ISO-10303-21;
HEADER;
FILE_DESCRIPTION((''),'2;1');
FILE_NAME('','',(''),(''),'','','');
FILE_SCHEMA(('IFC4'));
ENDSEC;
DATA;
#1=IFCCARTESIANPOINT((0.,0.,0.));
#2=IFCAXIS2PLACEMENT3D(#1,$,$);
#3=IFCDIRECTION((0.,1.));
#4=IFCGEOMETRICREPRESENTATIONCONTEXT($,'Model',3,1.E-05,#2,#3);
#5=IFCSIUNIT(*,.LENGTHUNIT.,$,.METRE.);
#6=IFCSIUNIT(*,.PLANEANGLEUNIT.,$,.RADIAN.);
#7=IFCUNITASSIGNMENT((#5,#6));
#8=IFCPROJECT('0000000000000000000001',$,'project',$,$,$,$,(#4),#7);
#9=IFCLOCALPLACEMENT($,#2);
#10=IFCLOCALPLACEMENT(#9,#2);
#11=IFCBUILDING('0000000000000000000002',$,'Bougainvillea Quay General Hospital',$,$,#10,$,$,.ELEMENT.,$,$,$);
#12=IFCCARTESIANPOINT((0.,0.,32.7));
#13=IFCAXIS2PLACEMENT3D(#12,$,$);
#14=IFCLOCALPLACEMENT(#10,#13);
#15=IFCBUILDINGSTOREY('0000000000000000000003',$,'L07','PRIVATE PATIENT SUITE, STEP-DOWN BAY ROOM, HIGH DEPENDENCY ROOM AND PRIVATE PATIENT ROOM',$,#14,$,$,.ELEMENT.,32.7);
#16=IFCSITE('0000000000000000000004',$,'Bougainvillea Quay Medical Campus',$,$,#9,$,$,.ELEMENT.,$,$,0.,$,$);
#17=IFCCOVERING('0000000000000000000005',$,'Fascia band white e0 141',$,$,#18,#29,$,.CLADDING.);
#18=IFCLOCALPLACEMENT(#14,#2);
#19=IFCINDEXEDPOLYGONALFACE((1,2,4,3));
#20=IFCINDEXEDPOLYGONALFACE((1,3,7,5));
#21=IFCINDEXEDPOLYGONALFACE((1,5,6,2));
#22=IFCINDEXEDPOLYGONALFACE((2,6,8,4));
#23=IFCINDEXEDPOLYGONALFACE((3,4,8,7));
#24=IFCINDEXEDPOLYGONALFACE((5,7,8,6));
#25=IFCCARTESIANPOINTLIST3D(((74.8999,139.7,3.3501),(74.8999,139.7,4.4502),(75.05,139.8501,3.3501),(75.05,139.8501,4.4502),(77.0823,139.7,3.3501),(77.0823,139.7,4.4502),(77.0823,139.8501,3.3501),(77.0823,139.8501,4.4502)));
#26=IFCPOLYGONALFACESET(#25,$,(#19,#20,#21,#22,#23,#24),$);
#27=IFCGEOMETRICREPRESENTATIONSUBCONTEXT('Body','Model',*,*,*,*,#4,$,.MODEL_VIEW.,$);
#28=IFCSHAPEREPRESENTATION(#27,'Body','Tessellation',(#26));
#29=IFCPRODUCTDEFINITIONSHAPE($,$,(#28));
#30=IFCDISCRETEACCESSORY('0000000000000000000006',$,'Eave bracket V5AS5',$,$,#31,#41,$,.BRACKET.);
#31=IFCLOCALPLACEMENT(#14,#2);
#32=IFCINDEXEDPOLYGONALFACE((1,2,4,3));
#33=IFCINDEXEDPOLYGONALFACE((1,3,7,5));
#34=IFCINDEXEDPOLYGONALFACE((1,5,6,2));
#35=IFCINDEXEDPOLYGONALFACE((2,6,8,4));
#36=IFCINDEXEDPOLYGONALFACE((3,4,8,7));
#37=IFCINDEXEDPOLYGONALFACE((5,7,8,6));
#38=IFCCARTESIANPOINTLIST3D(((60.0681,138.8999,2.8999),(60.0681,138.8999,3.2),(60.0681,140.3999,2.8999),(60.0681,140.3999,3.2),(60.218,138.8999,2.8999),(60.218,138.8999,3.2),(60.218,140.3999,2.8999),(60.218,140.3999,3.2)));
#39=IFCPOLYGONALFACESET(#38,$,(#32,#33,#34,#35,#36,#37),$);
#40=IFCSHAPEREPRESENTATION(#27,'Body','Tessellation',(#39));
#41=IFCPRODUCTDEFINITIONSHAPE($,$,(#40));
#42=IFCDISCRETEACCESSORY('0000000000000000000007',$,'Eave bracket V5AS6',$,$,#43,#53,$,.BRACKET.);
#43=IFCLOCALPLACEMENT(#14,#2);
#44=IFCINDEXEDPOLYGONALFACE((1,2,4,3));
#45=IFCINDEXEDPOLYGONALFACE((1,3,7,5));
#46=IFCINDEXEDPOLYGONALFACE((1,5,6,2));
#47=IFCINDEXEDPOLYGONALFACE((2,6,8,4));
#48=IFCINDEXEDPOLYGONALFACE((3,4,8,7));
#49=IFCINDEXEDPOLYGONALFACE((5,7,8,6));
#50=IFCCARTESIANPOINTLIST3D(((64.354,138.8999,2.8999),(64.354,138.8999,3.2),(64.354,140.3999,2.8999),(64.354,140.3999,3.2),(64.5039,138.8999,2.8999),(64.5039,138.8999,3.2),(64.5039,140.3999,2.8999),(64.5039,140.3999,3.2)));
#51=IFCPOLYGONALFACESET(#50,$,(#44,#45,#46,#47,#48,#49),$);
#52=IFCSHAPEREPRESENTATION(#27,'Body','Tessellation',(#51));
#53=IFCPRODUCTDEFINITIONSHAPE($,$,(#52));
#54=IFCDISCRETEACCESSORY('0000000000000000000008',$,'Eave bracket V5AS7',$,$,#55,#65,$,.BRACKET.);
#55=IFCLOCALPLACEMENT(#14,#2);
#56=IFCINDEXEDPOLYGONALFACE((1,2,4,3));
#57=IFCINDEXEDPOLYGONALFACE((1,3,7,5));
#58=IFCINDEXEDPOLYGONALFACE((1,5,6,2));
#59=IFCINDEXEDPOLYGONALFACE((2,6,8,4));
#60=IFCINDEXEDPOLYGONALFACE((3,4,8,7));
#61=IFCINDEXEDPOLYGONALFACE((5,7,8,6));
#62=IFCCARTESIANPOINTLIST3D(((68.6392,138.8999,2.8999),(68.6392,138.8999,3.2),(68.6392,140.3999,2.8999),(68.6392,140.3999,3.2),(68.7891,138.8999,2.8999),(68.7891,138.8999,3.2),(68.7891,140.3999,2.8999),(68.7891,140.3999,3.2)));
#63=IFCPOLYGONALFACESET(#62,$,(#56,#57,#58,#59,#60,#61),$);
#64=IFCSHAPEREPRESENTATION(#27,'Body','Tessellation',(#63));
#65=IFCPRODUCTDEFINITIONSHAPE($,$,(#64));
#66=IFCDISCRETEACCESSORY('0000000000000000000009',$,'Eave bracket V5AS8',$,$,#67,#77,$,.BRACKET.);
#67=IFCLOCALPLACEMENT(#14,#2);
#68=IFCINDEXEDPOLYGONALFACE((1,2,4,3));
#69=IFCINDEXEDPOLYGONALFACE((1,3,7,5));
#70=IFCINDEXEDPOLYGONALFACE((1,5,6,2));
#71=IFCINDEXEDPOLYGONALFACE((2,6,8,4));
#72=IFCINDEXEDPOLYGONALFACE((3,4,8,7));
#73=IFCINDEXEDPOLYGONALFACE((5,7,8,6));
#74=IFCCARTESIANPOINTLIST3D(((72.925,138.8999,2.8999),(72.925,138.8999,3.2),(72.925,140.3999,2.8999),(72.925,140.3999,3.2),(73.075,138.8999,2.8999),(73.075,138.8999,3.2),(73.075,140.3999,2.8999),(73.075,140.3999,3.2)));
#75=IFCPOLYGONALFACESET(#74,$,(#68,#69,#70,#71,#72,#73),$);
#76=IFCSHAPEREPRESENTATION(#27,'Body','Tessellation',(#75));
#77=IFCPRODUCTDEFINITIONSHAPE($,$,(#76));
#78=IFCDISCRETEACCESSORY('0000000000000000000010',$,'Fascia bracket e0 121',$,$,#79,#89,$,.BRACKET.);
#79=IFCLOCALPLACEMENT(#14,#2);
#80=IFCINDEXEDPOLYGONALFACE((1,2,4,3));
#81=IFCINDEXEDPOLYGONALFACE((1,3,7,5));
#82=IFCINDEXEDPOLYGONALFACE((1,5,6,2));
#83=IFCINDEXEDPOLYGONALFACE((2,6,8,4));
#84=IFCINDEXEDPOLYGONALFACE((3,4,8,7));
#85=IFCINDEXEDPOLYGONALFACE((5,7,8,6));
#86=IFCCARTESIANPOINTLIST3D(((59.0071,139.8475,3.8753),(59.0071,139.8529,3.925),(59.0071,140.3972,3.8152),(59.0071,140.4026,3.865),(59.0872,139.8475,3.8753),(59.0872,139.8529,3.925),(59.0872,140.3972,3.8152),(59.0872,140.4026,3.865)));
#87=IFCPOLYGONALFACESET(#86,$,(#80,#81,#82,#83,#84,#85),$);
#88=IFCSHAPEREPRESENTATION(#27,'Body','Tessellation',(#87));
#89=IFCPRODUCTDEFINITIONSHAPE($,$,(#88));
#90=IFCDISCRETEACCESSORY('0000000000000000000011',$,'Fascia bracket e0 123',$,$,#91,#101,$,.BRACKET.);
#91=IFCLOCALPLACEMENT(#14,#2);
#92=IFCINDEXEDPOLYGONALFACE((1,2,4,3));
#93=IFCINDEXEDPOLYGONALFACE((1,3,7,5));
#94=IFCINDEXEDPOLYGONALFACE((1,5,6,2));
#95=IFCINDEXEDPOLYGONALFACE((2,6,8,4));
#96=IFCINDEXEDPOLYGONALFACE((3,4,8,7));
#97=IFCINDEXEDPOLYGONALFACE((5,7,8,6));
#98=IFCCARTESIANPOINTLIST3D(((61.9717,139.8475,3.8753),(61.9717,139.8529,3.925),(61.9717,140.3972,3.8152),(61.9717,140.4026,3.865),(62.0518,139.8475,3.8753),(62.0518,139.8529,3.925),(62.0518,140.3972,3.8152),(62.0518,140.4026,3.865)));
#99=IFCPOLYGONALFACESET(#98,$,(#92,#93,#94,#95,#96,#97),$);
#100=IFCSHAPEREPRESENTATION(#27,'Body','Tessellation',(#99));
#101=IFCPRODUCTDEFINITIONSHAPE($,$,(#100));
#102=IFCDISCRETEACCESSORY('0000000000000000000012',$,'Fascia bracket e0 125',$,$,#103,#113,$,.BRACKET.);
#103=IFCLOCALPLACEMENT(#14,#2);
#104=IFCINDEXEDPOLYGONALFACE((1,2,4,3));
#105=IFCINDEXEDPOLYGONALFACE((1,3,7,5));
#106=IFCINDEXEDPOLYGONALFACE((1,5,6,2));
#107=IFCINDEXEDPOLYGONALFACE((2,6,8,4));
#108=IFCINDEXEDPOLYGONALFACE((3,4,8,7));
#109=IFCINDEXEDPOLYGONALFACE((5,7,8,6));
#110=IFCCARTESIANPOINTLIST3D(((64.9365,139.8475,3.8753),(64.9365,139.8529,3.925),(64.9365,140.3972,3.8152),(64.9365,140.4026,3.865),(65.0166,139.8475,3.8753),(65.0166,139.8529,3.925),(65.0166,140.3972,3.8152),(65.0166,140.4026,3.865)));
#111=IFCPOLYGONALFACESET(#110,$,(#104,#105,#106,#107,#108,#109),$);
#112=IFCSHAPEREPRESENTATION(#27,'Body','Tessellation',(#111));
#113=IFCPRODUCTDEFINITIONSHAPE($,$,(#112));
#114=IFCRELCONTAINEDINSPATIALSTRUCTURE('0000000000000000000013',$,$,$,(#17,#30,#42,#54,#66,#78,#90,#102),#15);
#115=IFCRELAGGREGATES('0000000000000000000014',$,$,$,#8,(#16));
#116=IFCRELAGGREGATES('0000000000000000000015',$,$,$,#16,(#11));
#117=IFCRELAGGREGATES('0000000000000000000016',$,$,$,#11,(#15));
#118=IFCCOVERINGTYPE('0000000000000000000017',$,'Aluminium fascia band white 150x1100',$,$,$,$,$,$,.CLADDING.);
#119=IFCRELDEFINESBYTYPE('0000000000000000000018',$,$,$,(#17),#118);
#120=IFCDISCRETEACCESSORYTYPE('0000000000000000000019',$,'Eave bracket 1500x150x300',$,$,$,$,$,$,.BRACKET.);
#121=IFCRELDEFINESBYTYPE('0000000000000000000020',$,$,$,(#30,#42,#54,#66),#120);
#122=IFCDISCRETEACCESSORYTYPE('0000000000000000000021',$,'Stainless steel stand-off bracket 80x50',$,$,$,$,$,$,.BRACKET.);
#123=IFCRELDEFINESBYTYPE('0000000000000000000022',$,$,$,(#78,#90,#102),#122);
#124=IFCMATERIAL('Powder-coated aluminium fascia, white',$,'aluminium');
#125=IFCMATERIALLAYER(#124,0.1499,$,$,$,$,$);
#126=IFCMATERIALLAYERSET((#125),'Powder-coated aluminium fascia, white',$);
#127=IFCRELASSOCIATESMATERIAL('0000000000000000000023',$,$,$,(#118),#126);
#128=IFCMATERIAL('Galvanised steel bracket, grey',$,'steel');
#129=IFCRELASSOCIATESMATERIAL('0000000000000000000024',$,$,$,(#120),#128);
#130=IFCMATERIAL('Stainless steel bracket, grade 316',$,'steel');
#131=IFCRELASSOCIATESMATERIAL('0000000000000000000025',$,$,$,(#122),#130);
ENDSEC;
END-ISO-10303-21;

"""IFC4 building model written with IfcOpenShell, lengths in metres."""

from ifc_helpers import new_model, si_unit, direction, frame, origin, origin_2d, place, context, subcontext, project, spatial, polyline, rectangle, outline, extrude, material, layer, layer_set, material_profile, profile_set, type_object, element, save


model = new_model("IFC4")

# Units and contexts
model_context = context("Model", 3, precision=1e-05, world=origin(), true_north=direction((0.0, 1.0)))
body_context = subcontext(model_context, "Body", "Model", "MODEL_VIEW")
ifc_project = project(units=[si_unit("LENGTHUNIT", "METRE"), si_unit("PLANEANGLEUNIT", "RADIAN")], contexts=[model_context])

# Site, building, storey
site_placement = place(None, origin())
site = spatial("IfcSite", under=ifc_project, at=site_placement, Name="Bougainvillea Quay Medical Campus", CompositionType="ELEMENT", RefElevation=0.0)
building_placement = place(site_placement, origin())
building = spatial("IfcBuilding", under=site, at=building_placement, Name="Bougainvillea Quay General Hospital", CompositionType="ELEMENT")
storey_placement = place(building_placement, frame((0.0, 0.0, 32.7)))
storey = spatial("IfcBuildingStorey", under=building, at=storey_placement, Name="L07", Description="PRIVATE PATIENT SUITE, STEP-DOWN BAY ROOM, HIGH DEPENDENCY ROOM AND PRIVATE PATIENT ROOM", CompositionType="ELEMENT", Elevation=32.7)

# Covering
ifc_material_1 = material(Name="Powder-coated aluminium fascia, white", Category="aluminium")
ifc_layer_1 = layer(ifc_material_1, 0.1499)
ifc_layer_set_1 = layer_set([ifc_layer_1], Name="Powder-coated aluminium fascia, white")
covering_type = type_object("IfcCoveringType", Name="Aluminium fascia band white 150x1100", PredefinedType="CLADDING", material=ifc_layer_set_1)
covering_1_placement = place(storey_placement, frame((75.05, 139.8501, 3.3501), z_axis=(0.0, 0.0, 1.0), x_axis=(1.0, 0.0, 0.0)))
element("IfcCovering", 1, at=covering_1_placement, inside=storey, type_object=covering_type, Name="Fascia band white e0 141", PredefinedType="CLADDING", context=body_context, shape_type="SweptSolid", body=[
    extrude(outline(polyline([(0.0, 0.0), (2.0322, 0.0), (2.0322, -0.1501), (-0.1501, -0.1501), (0.0, 0.0)])), origin(), (0.0, 0.0, 1.0), 1.1001),
])

# Discrete accessories
ifc_material_2 = material(Name="Galvanised steel bracket, grey", Category="steel")
discrete_accessory_type_1 = type_object("IfcDiscreteAccessoryType", Name="Eave bracket 1500x150x300", PredefinedType="BRACKET", material=ifc_material_2)
for number, where, z_axis, x_axis, name in (
    (2, (60.1431, 139.6499, 2.8999), (0.0, 0.0, 1.0), (1.0, 0.0, 0.0), "Eave bracket V5AS5"),
    (3, (64.429, 139.6499, 2.8999), (0.0, 0.0, 1.0), (1.0, 0.0, 0.0), "Eave bracket V5AS6"),
    (4, (68.7141, 139.6499, 2.8999), (0.0, 0.0, 1.0), (1.0, 0.0, 0.0), "Eave bracket V5AS7"),
    (5, (73.0, 139.6499, 2.8999), (0.0, 0.0, 1.0), (1.0, 0.0, 0.0), "Eave bracket V5AS8"),
):
    element("IfcDiscreteAccessory", number, at=place(storey_placement, frame(where, z_axis=z_axis, x_axis=x_axis)), inside=storey, type_object=discrete_accessory_type_1, Name=name, PredefinedType="BRACKET", context=body_context, shape_type="SweptSolid", body=[
        extrude(rectangle(XDim=0.1499, YDim=1.5, at=origin_2d()), origin(), (0.0, 0.0, 1.0), 0.3),
    ])
ifc_material_3 = material(Name="Stainless steel bracket, grade 316", Category="steel")
ifc_material_profile_1 = material_profile(ifc_material_3, rectangle(XDim=0.0801, YDim=0.05, at=origin_2d()))
ifc_profile_set_1 = profile_set([ifc_material_profile_1], Name="Stainless steel bracket, grade 316")
discrete_accessory_type_2 = type_object("IfcDiscreteAccessoryType", Name="Stainless steel stand-off bracket 80x50", PredefinedType="BRACKET", material=ifc_profile_set_1)
for number, where, z_axis, x_axis, name in (
    (6, (59.0471, 140.3999, 3.8401), (0.0, -0.994087, 0.10859), (1.0, 0.0, 0.0), "Fascia bracket e0 121"),
    (7, (62.0117, 140.3999, 3.8401), (0.0, -0.994087, 0.10859), (1.0, 0.0, 0.0), "Fascia bracket e0 123"),
    (8, (64.9766, 140.3999, 3.8401), (0.0, -0.994087, 0.10859), (1.0, 0.0, 0.0), "Fascia bracket e0 125"),
):
    element("IfcDiscreteAccessory", number, at=place(storey_placement, frame(where, z_axis=z_axis, x_axis=x_axis)), inside=storey, type_object=discrete_accessory_type_2, Name=name, PredefinedType="BRACKET", context=body_context, shape_type="SweptSolid", body=[
        extrude(rectangle(XDim=0.0801, YDim=0.05, at=origin_2d()), origin(), (0.0, 0.0, 1.0), 0.553),
    ])

save(model, "model.ifc")
